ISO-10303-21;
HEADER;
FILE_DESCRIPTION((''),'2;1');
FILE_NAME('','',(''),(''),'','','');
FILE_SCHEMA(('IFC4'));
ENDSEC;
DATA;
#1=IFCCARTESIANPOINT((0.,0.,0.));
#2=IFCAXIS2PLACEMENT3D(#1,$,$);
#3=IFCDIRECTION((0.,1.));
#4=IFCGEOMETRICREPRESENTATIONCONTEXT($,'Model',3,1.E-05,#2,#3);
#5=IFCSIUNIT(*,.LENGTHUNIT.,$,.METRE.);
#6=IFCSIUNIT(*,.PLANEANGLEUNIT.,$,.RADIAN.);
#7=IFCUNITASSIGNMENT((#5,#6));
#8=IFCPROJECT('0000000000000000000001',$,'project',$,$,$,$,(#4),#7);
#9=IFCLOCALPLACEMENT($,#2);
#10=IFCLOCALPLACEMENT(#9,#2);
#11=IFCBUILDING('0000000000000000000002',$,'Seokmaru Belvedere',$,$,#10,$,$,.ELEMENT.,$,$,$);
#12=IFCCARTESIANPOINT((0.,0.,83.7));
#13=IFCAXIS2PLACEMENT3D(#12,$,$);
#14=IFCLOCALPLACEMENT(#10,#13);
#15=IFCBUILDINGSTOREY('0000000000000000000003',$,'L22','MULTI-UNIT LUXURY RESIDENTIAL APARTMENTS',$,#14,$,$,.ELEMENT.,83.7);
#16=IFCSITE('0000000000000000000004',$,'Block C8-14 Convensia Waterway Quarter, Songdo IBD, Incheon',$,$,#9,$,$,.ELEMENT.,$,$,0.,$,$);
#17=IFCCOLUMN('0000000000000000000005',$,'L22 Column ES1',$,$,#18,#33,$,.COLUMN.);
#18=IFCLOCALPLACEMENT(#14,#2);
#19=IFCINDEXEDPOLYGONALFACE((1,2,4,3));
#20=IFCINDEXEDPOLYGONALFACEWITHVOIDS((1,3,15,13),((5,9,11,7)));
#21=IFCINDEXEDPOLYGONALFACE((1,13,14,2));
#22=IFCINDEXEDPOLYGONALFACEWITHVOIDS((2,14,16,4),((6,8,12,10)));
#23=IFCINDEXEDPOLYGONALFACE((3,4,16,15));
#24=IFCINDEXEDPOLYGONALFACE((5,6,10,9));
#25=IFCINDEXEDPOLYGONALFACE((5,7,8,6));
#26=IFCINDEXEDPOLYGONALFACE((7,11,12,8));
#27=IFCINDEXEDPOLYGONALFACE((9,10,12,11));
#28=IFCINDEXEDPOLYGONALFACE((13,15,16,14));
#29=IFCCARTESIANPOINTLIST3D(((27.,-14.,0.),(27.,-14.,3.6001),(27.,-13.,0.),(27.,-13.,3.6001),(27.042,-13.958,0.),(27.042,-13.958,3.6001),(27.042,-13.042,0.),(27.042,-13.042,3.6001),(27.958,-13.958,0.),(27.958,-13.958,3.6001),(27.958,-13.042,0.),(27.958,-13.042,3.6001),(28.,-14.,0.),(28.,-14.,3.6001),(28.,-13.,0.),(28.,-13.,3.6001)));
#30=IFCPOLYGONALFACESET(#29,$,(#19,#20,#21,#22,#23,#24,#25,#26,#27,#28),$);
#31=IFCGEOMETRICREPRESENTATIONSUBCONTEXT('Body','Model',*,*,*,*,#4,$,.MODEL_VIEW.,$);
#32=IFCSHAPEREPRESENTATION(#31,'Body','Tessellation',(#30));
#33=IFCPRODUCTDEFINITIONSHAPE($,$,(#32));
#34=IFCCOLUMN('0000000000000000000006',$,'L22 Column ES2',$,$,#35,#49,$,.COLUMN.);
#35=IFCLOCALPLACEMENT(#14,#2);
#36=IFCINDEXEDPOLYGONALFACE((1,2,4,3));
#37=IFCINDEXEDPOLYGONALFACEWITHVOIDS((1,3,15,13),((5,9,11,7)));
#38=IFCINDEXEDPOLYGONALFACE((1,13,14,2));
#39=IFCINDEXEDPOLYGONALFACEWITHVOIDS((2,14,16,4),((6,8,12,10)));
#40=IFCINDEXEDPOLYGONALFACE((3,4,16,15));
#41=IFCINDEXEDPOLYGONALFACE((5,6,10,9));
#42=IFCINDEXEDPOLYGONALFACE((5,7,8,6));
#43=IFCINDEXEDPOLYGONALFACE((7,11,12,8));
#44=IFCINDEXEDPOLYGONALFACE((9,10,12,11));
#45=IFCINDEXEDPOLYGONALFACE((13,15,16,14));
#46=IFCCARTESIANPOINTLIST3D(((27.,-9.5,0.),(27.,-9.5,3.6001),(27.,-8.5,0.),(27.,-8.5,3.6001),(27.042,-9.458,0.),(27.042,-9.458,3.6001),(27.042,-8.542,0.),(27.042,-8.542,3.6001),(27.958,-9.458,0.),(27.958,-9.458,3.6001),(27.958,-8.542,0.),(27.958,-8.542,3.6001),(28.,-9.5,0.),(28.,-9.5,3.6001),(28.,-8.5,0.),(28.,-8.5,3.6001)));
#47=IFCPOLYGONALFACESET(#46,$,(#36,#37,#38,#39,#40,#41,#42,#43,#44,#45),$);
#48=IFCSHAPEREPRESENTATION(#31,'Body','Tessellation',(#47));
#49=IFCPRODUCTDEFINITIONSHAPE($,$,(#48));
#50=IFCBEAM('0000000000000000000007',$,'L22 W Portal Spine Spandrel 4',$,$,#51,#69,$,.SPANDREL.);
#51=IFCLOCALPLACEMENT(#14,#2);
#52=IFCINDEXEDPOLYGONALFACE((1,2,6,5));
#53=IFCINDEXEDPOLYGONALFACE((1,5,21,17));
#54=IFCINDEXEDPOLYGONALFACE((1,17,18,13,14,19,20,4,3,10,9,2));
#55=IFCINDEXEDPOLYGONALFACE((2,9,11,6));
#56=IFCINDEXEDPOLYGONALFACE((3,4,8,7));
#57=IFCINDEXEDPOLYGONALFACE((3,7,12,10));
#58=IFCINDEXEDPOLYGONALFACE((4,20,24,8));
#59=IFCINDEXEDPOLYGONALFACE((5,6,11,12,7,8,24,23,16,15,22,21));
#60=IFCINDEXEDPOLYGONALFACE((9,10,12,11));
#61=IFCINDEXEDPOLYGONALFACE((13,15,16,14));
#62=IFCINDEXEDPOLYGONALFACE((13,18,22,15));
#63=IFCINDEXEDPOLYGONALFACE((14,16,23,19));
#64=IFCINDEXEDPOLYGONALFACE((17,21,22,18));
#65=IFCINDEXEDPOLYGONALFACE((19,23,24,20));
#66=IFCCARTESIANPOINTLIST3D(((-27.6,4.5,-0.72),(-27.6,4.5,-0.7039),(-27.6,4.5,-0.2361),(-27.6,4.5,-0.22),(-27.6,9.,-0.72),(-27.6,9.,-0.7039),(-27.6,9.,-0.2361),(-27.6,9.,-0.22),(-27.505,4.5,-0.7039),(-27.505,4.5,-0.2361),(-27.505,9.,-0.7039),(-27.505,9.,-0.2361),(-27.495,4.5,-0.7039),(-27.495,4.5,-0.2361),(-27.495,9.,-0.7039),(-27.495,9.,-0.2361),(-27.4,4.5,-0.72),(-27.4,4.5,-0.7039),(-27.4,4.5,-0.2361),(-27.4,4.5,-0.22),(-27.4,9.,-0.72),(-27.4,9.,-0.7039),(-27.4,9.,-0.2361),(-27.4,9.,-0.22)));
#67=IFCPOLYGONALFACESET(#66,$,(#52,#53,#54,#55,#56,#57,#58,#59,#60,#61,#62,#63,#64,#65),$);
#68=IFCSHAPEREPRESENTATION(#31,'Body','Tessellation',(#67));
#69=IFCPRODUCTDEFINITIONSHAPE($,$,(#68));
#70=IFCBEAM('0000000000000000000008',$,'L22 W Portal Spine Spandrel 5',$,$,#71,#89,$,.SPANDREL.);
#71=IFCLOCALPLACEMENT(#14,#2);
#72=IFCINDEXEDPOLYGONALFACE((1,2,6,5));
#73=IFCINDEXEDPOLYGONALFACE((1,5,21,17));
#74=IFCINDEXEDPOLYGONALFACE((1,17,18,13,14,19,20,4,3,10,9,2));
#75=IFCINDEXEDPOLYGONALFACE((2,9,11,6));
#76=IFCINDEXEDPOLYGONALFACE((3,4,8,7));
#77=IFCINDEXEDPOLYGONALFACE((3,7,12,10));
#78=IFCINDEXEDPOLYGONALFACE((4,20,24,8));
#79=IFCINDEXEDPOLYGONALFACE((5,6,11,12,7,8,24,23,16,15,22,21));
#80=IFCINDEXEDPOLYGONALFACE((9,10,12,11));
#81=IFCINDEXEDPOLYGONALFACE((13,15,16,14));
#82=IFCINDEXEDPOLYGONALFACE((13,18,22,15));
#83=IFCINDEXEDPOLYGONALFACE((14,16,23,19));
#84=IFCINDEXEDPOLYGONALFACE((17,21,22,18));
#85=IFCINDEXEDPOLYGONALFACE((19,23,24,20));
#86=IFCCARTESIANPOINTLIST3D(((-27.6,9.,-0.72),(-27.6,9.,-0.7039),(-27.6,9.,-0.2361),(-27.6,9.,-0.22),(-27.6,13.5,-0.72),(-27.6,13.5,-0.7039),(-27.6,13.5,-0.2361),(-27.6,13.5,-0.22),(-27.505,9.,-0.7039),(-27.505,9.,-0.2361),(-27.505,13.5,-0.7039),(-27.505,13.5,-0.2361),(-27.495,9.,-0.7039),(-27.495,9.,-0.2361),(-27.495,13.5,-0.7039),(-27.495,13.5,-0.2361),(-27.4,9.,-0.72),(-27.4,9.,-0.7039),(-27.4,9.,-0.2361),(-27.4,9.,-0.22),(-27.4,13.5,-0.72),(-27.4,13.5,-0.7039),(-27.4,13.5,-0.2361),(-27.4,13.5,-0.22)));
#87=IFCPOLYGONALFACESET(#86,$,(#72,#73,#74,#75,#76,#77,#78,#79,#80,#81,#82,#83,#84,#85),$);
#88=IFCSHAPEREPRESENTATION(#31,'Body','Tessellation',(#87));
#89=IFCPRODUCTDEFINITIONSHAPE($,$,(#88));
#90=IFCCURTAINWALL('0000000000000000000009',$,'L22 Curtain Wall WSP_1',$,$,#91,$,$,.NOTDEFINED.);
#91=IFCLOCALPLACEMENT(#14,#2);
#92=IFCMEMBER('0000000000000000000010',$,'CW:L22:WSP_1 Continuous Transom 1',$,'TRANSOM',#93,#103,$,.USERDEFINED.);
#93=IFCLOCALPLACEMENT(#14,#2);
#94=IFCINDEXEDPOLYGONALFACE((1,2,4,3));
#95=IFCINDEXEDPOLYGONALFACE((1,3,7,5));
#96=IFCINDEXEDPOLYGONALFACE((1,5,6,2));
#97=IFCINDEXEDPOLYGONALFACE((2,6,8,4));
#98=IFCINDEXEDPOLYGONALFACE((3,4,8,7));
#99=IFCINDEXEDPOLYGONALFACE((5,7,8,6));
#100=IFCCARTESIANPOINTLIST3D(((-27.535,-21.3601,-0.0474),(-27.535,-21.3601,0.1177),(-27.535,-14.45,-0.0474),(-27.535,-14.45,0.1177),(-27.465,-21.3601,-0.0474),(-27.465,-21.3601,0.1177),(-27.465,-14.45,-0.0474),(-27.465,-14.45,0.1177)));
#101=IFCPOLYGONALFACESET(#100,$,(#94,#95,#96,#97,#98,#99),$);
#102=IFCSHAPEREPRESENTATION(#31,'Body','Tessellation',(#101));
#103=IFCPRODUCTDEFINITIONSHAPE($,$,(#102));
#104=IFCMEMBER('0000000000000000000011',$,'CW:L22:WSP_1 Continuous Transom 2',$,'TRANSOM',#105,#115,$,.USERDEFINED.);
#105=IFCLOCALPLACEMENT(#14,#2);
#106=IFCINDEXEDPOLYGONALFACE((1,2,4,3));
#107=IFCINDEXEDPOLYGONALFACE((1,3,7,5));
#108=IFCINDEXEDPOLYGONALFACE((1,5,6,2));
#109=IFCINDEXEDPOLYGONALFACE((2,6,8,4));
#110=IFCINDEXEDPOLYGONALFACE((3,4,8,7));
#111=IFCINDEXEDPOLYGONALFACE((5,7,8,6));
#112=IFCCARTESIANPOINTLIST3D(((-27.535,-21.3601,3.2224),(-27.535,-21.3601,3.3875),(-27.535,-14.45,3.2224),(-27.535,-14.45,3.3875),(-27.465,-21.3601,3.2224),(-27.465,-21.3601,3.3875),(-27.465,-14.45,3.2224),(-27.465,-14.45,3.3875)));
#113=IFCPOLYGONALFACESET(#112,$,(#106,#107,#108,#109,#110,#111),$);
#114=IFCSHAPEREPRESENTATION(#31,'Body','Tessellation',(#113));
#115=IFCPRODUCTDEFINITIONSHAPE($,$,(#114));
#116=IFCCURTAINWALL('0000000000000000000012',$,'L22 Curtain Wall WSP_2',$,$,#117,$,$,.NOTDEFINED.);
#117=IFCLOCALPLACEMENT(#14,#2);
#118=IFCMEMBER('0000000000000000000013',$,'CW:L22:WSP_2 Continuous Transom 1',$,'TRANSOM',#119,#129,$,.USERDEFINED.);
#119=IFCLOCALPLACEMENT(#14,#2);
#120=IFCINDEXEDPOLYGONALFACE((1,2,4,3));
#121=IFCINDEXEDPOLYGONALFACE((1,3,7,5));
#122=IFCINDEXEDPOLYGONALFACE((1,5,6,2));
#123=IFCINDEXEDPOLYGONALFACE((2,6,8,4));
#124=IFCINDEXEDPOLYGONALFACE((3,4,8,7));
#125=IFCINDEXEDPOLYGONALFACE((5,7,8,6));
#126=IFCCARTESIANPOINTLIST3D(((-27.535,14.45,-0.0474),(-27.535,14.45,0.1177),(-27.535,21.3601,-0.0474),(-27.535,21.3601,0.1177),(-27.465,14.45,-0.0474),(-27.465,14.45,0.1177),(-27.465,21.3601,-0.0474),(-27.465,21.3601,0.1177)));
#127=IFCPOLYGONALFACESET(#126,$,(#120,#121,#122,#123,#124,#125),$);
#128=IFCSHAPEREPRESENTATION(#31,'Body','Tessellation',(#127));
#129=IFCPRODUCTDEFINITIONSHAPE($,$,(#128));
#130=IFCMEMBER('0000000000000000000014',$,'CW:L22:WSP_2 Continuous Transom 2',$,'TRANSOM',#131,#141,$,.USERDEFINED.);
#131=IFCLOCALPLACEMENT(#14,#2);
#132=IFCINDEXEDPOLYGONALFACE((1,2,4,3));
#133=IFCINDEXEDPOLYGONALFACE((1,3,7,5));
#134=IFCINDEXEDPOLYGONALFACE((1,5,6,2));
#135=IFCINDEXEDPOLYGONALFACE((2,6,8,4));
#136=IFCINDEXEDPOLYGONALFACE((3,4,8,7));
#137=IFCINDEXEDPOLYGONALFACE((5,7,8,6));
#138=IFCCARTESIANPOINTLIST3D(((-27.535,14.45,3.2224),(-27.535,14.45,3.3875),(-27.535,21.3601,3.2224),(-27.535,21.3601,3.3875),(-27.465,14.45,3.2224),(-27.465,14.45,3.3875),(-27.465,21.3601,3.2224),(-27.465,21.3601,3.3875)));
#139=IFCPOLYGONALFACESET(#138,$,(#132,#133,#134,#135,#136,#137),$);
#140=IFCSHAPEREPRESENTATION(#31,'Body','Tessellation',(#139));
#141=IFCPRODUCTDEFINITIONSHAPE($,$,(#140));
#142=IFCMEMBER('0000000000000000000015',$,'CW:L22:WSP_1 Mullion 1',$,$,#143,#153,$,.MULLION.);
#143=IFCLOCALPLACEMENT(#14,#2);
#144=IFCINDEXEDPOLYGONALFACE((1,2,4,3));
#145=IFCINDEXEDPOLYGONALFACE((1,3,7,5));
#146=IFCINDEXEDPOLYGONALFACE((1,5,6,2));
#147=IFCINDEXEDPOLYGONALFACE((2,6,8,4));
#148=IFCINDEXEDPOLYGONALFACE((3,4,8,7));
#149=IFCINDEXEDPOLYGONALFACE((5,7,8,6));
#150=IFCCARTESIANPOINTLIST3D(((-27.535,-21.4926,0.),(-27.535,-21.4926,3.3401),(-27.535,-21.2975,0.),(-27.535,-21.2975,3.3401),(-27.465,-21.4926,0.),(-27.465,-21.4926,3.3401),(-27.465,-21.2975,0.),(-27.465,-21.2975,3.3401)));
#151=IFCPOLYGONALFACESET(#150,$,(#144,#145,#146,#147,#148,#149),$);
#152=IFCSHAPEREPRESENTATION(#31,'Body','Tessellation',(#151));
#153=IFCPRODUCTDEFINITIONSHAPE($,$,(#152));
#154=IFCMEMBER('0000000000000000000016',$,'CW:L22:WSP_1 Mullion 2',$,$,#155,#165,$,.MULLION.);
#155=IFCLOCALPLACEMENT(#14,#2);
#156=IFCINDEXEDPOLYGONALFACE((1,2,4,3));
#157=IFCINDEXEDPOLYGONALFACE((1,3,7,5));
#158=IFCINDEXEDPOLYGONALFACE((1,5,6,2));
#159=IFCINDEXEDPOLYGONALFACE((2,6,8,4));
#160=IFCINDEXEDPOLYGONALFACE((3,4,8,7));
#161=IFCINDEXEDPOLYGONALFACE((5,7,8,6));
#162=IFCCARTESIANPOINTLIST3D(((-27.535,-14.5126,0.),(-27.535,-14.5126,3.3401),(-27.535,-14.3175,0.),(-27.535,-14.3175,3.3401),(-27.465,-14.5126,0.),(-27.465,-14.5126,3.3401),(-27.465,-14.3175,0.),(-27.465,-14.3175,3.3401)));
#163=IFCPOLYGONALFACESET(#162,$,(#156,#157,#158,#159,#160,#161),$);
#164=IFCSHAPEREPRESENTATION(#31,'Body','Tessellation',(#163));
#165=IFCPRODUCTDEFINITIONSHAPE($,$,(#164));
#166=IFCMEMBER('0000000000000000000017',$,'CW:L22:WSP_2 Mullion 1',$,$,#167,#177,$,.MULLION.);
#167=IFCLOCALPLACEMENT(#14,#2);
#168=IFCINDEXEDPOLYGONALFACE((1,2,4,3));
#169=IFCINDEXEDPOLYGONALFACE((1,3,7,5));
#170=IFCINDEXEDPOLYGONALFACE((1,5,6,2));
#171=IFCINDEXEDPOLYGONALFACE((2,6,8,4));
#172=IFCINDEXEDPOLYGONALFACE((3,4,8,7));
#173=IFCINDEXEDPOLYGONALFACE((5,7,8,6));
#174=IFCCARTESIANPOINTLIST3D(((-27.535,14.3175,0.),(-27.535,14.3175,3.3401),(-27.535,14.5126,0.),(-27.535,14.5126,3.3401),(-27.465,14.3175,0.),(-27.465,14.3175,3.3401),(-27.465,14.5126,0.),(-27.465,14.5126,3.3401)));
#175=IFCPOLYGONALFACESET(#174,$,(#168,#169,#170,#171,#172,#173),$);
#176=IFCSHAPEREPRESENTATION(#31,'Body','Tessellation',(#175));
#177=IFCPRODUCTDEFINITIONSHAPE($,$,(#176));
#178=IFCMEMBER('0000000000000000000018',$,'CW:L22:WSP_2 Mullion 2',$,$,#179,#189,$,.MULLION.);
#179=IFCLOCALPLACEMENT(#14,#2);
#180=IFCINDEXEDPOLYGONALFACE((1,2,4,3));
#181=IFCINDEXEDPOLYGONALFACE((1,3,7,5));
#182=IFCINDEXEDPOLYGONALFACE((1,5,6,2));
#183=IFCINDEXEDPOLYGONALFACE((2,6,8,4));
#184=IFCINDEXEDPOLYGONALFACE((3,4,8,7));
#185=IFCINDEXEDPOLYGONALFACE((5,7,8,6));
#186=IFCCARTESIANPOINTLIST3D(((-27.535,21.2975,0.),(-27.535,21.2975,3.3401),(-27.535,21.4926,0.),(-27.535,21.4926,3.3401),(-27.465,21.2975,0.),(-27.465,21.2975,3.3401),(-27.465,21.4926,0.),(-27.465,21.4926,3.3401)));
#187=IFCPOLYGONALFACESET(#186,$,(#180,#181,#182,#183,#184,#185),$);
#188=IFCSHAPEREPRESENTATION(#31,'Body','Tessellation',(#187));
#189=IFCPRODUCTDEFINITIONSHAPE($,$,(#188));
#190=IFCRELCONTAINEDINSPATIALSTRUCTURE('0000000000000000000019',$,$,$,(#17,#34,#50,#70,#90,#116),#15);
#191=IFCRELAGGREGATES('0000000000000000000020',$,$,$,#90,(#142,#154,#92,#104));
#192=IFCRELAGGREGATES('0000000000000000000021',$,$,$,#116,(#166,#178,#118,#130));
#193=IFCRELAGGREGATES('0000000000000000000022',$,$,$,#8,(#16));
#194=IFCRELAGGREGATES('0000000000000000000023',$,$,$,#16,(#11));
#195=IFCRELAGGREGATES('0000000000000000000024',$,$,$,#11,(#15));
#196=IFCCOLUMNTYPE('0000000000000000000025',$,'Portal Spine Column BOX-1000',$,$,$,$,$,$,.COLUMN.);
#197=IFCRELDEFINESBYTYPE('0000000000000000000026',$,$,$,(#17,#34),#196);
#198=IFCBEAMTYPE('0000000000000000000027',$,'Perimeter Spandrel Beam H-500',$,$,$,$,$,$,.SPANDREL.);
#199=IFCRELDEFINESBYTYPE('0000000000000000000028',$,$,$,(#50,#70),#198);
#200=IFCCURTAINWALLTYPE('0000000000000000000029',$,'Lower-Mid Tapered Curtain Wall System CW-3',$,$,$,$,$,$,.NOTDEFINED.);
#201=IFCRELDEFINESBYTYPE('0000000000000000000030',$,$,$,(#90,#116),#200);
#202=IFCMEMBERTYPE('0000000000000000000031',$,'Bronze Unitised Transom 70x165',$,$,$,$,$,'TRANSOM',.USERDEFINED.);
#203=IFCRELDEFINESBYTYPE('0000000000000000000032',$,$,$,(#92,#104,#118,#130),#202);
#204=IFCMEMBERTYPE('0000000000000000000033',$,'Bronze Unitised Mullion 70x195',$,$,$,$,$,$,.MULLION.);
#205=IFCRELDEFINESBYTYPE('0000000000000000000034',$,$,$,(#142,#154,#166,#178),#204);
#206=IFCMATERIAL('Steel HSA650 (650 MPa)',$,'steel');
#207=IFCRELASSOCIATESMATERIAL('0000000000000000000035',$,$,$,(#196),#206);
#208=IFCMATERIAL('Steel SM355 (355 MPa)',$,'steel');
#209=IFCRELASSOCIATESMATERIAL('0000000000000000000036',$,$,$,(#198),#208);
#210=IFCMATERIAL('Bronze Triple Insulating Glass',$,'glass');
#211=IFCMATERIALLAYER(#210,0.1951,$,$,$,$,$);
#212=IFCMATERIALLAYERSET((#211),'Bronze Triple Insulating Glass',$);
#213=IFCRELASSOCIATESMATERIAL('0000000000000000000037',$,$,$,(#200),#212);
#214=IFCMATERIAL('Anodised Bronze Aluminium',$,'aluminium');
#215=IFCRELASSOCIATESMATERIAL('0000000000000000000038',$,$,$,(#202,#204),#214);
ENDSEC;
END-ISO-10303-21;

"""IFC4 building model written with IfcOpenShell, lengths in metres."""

from ifc_helpers import new_model, si_unit, direction, frame, origin, origin_2d, place, context, subcontext, project, spatial, rectangle, hollow_rectangle, i_section, extrude, source, transform, mapped, material, layer, layer_set, material_profile, profile_set, type_object, type_shapes, element, aggregate, save


model = new_model("IFC4")

# Units and contexts
model_context = context("Model", 3, precision=1e-05, world=origin(), true_north=direction((0.0, 1.0)))
body_context = subcontext(model_context, "Body", "Model", "MODEL_VIEW")
ifc_project = project(units=[si_unit("LENGTHUNIT", "METRE"), si_unit("PLANEANGLEUNIT", "RADIAN")], contexts=[model_context])

# Site, building, storey
site_placement = place(None, origin())
site = spatial("IfcSite", under=ifc_project, at=site_placement, Name="Block C8-14 Convensia Waterway Quarter, Songdo IBD, Incheon", CompositionType="ELEMENT", RefElevation=0.0)
building_placement = place(site_placement, origin())
building = spatial("IfcBuilding", under=site, at=building_placement, Name="Seokmaru Belvedere", CompositionType="ELEMENT")
storey_placement = place(building_placement, frame((0.0, 0.0, 83.7)))
storey = spatial("IfcBuildingStorey", under=building, at=storey_placement, Name="L22", Description="MULTI-UNIT LUXURY RESIDENTIAL APARTMENTS", CompositionType="ELEMENT", Elevation=83.7)

# Columns
ifc_material_1 = material(Name="Steel HSA650 (650 MPa)", Category="steel")
ifc_material_profile_1 = material_profile(ifc_material_1, hollow_rectangle(XDim=1.0, YDim=1.0, WallThickness=0.042, at=origin_2d()), Name="BOX-1000x1000x42")
ifc_profile_set_1 = profile_set([ifc_material_profile_1], Name="Steel HSA650 (650 MPa)")
column_type = type_object("IfcColumnType", Name="Portal Spine Column BOX-1000", PredefinedType="COLUMN", material=ifc_profile_set_1)
shared_shape_1 = source(origin(), body_context, "Body", "SweptSolid", [
    extrude(hollow_rectangle(XDim=1.0, YDim=1.0, WallThickness=0.042, at=origin_2d()), origin(), (0.0, 0.0, 1.0), 3.6001),
])
type_shapes(column_type, [shared_shape_1])
for number, where, z_axis, x_axis, name in (
    (1, (27.5, -13.5, 0.0), (0.0, 0.0, 1.0), (1.0, 0.0, 0.0), "L22 Column ES1"),
    (2, (27.5, -9.0, 0.0), (0.0, 0.0, 1.0), (1.0, 0.0, 0.0), "L22 Column ES2"),
):
    element("IfcColumn", number, at=place(storey_placement, frame(where, z_axis=z_axis, x_axis=x_axis)), inside=storey, type_object=column_type, Name=name, PredefinedType="COLUMN", context=body_context, shape_type="MappedRepresentation", body=[
        mapped(shared_shape_1, transform((0.0, 0.0, 0.0), scale=1.0)),
    ])

# Beams
ifc_material_2 = material(Name="Steel SM355 (355 MPa)", Category="steel")
ifc_material_profile_2 = material_profile(ifc_material_2, i_section(OverallWidth=0.2, OverallDepth=0.5, WebThickness=0.01, FlangeThickness=0.0161, at=origin_2d()), Name="H-500x200x10x16")
ifc_profile_set_2 = profile_set([ifc_material_profile_2], Name="Steel SM355 (355 MPa)")
beam_type = type_object("IfcBeamType", Name="Perimeter Spandrel Beam H-500", PredefinedType="SPANDREL", material=ifc_profile_set_2)
shared_shape_2 = source(origin(), body_context, "Body", "SweptSolid", [
    extrude(i_section(OverallWidth=0.2, OverallDepth=0.5, WebThickness=0.01, FlangeThickness=0.0161, at=origin_2d()), origin(), (0.0, 0.0, 1.0), 4.5),
])
type_shapes(beam_type, [shared_shape_2])
for number, where, z_axis, x_axis, name in (
    (3, (-27.5, 4.5, -0.47), (0.0, 1.0, 0.0), (-1.0, 0.0, 0.0), "L22 W Portal Spine Spandrel 4"),
    (4, (-27.5, 9.0, -0.47), (0.0, 1.0, 0.0), (-1.0, 0.0, 0.0), "L22 W Portal Spine Spandrel 5"),
):
    element("IfcBeam", number, at=place(storey_placement, frame(where, z_axis=z_axis, x_axis=x_axis)), inside=storey, type_object=beam_type, Name=name, PredefinedType="SPANDREL", context=body_context, shape_type="MappedRepresentation", body=[
        mapped(shared_shape_2, transform((0.0, 0.0, 0.0), scale=1.0)),
    ])

# Curtain walls, members
ifc_material_3 = material(Name="Bronze Triple Insulating Glass", Category="glass")
ifc_layer_1 = layer(ifc_material_3, 0.1951)
ifc_layer_set_1 = layer_set([ifc_layer_1], Name="Bronze Triple Insulating Glass")
curtain_wall_type = type_object("IfcCurtainWallType", Name="Lower-Mid Tapered Curtain Wall System CW-3", PredefinedType="NOTDEFINED", material=ifc_layer_set_1)
curtain_wall_1_placement = place(storey_placement, origin())
curtain_wall_1 = element("IfcCurtainWall", 5, at=curtain_wall_1_placement, inside=storey, type_object=curtain_wall_type, Name="L22 Curtain Wall WSP_1", PredefinedType="NOTDEFINED")
ifc_material_4 = material(Name="Anodised Bronze Aluminium", Category="aluminium")
ifc_material_profile_3 = material_profile(ifc_material_4, rectangle(XDim=0.0701, YDim=0.165, at=origin_2d()), Name="CW-T-70x165")
ifc_profile_set_3 = profile_set([ifc_material_profile_3], Name="Anodised Bronze Aluminium")
member_type_1 = type_object("IfcMemberType", Name="Bronze Unitised Transom 70x165", ElementType="TRANSOM", PredefinedType="USERDEFINED", material=ifc_profile_set_3)
shared_shape_3 = source(origin(), body_context, "Body", "SweptSolid", [
    extrude(rectangle(XDim=0.0701, YDim=0.165, at=origin_2d()), origin(), (0.0, 0.0, 1.0), 6.9102),
])
type_shapes(member_type_1, [shared_shape_3])
member_1_placement = place(storey_placement, frame((-27.5, -21.3601, 0.0352), z_axis=(0.0, 1.0, 0.0), x_axis=(-1.0, 0.0, 0.0)))
member_1 = element("IfcMember", 6, at=member_1_placement, type_object=member_type_1, Name="CW:L22:WSP_1 Continuous Transom 1", ObjectType="TRANSOM", PredefinedType="USERDEFINED", context=body_context, shape_type="MappedRepresentation", body=[
    mapped(shared_shape_3, transform((0.0, 0.0, 0.0), scale=1.0)),
])
member_2_placement = place(storey_placement, frame((-27.5, -21.3601, 3.3049), z_axis=(0.0, 1.0, 0.0), x_axis=(-1.0, 0.0, 0.0)))
member_2 = element("IfcMember", 7, at=member_2_placement, type_object=member_type_1, Name="CW:L22:WSP_1 Continuous Transom 2", ObjectType="TRANSOM", PredefinedType="USERDEFINED", context=body_context, shape_type="MappedRepresentation", body=[
    mapped(shared_shape_3, transform((0.0, 0.0, 0.0), scale=1.0)),
])
curtain_wall_2_placement = place(storey_placement, origin())
curtain_wall_2 = element("IfcCurtainWall", 8, at=curtain_wall_2_placement, inside=storey, type_object=curtain_wall_type, Name="L22 Curtain Wall WSP_2", PredefinedType="NOTDEFINED")
member_3_placement = place(storey_placement, frame((-27.5, 14.45, 0.0352), z_axis=(0.0, 1.0, 0.0), x_axis=(-1.0, 0.0, 0.0)))
member_3 = element("IfcMember", 9, at=member_3_placement, type_object=member_type_1, Name="CW:L22:WSP_2 Continuous Transom 1", ObjectType="TRANSOM", PredefinedType="USERDEFINED", context=body_context, shape_type="MappedRepresentation", body=[
    mapped(shared_shape_3, transform((0.0, 0.0, 0.0), scale=1.0)),
])
member_4_placement = place(storey_placement, frame((-27.5, 14.45, 3.3049), z_axis=(0.0, 1.0, 0.0), x_axis=(-1.0, 0.0, 0.0)))
member_4 = element("IfcMember", 10, at=member_4_placement, type_object=member_type_1, Name="CW:L22:WSP_2 Continuous Transom 2", ObjectType="TRANSOM", PredefinedType="USERDEFINED", context=body_context, shape_type="MappedRepresentation", body=[
    mapped(shared_shape_3, transform((0.0, 0.0, 0.0), scale=1.0)),
])

# Members
ifc_material_profile_4 = material_profile(ifc_material_4, rectangle(XDim=0.0701, YDim=0.1951, at=origin_2d()), Name="CW-M-70x195")
ifc_profile_set_4 = profile_set([ifc_material_profile_4], Name="Anodised Bronze Aluminium")
member_type_2 = type_object("IfcMemberType", Name="Bronze Unitised Mullion 70x195", PredefinedType="MULLION", material=ifc_profile_set_4)
shared_shape_4 = source(origin(), body_context, "Body", "SweptSolid", [
    extrude(rectangle(XDim=0.0701, YDim=0.1951, at=origin_2d()), origin(), (0.0, 0.0, 1.0), 3.3401),
])
type_shapes(member_type_2, [shared_shape_4])
member_5_placement = place(storey_placement, frame((-27.5, -21.395, 0.0), z_axis=(0.0, 0.0, 1.0), x_axis=(-1.0, 0.0, 0.0)))
member_5 = element("IfcMember", 11, at=member_5_placement, type_object=member_type_2, Name="CW:L22:WSP_1 Mullion 1", PredefinedType="MULLION", context=body_context, shape_type="MappedRepresentation", body=[
    mapped(shared_shape_4, transform((0.0, 0.0, 0.0), scale=1.0)),
])
member_6_placement = place(storey_placement, frame((-27.5, -14.415, 0.0), z_axis=(0.0, 0.0, 1.0), x_axis=(-1.0, 0.0, 0.0)))
member_6 = element("IfcMember", 12, at=member_6_placement, type_object=member_type_2, Name="CW:L22:WSP_1 Mullion 2", PredefinedType="MULLION", context=body_context, shape_type="MappedRepresentation", body=[
    mapped(shared_shape_4, transform((0.0, 0.0, 0.0), scale=1.0)),
])
member_7_placement = place(storey_placement, frame((-27.5, 14.415, 0.0), z_axis=(0.0, 0.0, 1.0), x_axis=(-1.0, 0.0, 0.0)))
member_7 = element("IfcMember", 13, at=member_7_placement, type_object=member_type_2, Name="CW:L22:WSP_2 Mullion 1", PredefinedType="MULLION", context=body_context, shape_type="MappedRepresentation", body=[
    mapped(shared_shape_4, transform((0.0, 0.0, 0.0), scale=1.0)),
])
member_8_placement = place(storey_placement, frame((-27.5, 21.395, 0.0), z_axis=(0.0, 0.0, 1.0), x_axis=(-1.0, 0.0, 0.0)))
member_8 = element("IfcMember", 14, at=member_8_placement, type_object=member_type_2, Name="CW:L22:WSP_2 Mullion 2", PredefinedType="MULLION", context=body_context, shape_type="MappedRepresentation", body=[
    mapped(shared_shape_4, transform((0.0, 0.0, 0.0), scale=1.0)),
])

aggregate(curtain_wall_1, [member_5, member_6, member_1, member_2])
aggregate(curtain_wall_2, [member_7, member_8, member_3, member_4])

save(model, "model.ifc")
